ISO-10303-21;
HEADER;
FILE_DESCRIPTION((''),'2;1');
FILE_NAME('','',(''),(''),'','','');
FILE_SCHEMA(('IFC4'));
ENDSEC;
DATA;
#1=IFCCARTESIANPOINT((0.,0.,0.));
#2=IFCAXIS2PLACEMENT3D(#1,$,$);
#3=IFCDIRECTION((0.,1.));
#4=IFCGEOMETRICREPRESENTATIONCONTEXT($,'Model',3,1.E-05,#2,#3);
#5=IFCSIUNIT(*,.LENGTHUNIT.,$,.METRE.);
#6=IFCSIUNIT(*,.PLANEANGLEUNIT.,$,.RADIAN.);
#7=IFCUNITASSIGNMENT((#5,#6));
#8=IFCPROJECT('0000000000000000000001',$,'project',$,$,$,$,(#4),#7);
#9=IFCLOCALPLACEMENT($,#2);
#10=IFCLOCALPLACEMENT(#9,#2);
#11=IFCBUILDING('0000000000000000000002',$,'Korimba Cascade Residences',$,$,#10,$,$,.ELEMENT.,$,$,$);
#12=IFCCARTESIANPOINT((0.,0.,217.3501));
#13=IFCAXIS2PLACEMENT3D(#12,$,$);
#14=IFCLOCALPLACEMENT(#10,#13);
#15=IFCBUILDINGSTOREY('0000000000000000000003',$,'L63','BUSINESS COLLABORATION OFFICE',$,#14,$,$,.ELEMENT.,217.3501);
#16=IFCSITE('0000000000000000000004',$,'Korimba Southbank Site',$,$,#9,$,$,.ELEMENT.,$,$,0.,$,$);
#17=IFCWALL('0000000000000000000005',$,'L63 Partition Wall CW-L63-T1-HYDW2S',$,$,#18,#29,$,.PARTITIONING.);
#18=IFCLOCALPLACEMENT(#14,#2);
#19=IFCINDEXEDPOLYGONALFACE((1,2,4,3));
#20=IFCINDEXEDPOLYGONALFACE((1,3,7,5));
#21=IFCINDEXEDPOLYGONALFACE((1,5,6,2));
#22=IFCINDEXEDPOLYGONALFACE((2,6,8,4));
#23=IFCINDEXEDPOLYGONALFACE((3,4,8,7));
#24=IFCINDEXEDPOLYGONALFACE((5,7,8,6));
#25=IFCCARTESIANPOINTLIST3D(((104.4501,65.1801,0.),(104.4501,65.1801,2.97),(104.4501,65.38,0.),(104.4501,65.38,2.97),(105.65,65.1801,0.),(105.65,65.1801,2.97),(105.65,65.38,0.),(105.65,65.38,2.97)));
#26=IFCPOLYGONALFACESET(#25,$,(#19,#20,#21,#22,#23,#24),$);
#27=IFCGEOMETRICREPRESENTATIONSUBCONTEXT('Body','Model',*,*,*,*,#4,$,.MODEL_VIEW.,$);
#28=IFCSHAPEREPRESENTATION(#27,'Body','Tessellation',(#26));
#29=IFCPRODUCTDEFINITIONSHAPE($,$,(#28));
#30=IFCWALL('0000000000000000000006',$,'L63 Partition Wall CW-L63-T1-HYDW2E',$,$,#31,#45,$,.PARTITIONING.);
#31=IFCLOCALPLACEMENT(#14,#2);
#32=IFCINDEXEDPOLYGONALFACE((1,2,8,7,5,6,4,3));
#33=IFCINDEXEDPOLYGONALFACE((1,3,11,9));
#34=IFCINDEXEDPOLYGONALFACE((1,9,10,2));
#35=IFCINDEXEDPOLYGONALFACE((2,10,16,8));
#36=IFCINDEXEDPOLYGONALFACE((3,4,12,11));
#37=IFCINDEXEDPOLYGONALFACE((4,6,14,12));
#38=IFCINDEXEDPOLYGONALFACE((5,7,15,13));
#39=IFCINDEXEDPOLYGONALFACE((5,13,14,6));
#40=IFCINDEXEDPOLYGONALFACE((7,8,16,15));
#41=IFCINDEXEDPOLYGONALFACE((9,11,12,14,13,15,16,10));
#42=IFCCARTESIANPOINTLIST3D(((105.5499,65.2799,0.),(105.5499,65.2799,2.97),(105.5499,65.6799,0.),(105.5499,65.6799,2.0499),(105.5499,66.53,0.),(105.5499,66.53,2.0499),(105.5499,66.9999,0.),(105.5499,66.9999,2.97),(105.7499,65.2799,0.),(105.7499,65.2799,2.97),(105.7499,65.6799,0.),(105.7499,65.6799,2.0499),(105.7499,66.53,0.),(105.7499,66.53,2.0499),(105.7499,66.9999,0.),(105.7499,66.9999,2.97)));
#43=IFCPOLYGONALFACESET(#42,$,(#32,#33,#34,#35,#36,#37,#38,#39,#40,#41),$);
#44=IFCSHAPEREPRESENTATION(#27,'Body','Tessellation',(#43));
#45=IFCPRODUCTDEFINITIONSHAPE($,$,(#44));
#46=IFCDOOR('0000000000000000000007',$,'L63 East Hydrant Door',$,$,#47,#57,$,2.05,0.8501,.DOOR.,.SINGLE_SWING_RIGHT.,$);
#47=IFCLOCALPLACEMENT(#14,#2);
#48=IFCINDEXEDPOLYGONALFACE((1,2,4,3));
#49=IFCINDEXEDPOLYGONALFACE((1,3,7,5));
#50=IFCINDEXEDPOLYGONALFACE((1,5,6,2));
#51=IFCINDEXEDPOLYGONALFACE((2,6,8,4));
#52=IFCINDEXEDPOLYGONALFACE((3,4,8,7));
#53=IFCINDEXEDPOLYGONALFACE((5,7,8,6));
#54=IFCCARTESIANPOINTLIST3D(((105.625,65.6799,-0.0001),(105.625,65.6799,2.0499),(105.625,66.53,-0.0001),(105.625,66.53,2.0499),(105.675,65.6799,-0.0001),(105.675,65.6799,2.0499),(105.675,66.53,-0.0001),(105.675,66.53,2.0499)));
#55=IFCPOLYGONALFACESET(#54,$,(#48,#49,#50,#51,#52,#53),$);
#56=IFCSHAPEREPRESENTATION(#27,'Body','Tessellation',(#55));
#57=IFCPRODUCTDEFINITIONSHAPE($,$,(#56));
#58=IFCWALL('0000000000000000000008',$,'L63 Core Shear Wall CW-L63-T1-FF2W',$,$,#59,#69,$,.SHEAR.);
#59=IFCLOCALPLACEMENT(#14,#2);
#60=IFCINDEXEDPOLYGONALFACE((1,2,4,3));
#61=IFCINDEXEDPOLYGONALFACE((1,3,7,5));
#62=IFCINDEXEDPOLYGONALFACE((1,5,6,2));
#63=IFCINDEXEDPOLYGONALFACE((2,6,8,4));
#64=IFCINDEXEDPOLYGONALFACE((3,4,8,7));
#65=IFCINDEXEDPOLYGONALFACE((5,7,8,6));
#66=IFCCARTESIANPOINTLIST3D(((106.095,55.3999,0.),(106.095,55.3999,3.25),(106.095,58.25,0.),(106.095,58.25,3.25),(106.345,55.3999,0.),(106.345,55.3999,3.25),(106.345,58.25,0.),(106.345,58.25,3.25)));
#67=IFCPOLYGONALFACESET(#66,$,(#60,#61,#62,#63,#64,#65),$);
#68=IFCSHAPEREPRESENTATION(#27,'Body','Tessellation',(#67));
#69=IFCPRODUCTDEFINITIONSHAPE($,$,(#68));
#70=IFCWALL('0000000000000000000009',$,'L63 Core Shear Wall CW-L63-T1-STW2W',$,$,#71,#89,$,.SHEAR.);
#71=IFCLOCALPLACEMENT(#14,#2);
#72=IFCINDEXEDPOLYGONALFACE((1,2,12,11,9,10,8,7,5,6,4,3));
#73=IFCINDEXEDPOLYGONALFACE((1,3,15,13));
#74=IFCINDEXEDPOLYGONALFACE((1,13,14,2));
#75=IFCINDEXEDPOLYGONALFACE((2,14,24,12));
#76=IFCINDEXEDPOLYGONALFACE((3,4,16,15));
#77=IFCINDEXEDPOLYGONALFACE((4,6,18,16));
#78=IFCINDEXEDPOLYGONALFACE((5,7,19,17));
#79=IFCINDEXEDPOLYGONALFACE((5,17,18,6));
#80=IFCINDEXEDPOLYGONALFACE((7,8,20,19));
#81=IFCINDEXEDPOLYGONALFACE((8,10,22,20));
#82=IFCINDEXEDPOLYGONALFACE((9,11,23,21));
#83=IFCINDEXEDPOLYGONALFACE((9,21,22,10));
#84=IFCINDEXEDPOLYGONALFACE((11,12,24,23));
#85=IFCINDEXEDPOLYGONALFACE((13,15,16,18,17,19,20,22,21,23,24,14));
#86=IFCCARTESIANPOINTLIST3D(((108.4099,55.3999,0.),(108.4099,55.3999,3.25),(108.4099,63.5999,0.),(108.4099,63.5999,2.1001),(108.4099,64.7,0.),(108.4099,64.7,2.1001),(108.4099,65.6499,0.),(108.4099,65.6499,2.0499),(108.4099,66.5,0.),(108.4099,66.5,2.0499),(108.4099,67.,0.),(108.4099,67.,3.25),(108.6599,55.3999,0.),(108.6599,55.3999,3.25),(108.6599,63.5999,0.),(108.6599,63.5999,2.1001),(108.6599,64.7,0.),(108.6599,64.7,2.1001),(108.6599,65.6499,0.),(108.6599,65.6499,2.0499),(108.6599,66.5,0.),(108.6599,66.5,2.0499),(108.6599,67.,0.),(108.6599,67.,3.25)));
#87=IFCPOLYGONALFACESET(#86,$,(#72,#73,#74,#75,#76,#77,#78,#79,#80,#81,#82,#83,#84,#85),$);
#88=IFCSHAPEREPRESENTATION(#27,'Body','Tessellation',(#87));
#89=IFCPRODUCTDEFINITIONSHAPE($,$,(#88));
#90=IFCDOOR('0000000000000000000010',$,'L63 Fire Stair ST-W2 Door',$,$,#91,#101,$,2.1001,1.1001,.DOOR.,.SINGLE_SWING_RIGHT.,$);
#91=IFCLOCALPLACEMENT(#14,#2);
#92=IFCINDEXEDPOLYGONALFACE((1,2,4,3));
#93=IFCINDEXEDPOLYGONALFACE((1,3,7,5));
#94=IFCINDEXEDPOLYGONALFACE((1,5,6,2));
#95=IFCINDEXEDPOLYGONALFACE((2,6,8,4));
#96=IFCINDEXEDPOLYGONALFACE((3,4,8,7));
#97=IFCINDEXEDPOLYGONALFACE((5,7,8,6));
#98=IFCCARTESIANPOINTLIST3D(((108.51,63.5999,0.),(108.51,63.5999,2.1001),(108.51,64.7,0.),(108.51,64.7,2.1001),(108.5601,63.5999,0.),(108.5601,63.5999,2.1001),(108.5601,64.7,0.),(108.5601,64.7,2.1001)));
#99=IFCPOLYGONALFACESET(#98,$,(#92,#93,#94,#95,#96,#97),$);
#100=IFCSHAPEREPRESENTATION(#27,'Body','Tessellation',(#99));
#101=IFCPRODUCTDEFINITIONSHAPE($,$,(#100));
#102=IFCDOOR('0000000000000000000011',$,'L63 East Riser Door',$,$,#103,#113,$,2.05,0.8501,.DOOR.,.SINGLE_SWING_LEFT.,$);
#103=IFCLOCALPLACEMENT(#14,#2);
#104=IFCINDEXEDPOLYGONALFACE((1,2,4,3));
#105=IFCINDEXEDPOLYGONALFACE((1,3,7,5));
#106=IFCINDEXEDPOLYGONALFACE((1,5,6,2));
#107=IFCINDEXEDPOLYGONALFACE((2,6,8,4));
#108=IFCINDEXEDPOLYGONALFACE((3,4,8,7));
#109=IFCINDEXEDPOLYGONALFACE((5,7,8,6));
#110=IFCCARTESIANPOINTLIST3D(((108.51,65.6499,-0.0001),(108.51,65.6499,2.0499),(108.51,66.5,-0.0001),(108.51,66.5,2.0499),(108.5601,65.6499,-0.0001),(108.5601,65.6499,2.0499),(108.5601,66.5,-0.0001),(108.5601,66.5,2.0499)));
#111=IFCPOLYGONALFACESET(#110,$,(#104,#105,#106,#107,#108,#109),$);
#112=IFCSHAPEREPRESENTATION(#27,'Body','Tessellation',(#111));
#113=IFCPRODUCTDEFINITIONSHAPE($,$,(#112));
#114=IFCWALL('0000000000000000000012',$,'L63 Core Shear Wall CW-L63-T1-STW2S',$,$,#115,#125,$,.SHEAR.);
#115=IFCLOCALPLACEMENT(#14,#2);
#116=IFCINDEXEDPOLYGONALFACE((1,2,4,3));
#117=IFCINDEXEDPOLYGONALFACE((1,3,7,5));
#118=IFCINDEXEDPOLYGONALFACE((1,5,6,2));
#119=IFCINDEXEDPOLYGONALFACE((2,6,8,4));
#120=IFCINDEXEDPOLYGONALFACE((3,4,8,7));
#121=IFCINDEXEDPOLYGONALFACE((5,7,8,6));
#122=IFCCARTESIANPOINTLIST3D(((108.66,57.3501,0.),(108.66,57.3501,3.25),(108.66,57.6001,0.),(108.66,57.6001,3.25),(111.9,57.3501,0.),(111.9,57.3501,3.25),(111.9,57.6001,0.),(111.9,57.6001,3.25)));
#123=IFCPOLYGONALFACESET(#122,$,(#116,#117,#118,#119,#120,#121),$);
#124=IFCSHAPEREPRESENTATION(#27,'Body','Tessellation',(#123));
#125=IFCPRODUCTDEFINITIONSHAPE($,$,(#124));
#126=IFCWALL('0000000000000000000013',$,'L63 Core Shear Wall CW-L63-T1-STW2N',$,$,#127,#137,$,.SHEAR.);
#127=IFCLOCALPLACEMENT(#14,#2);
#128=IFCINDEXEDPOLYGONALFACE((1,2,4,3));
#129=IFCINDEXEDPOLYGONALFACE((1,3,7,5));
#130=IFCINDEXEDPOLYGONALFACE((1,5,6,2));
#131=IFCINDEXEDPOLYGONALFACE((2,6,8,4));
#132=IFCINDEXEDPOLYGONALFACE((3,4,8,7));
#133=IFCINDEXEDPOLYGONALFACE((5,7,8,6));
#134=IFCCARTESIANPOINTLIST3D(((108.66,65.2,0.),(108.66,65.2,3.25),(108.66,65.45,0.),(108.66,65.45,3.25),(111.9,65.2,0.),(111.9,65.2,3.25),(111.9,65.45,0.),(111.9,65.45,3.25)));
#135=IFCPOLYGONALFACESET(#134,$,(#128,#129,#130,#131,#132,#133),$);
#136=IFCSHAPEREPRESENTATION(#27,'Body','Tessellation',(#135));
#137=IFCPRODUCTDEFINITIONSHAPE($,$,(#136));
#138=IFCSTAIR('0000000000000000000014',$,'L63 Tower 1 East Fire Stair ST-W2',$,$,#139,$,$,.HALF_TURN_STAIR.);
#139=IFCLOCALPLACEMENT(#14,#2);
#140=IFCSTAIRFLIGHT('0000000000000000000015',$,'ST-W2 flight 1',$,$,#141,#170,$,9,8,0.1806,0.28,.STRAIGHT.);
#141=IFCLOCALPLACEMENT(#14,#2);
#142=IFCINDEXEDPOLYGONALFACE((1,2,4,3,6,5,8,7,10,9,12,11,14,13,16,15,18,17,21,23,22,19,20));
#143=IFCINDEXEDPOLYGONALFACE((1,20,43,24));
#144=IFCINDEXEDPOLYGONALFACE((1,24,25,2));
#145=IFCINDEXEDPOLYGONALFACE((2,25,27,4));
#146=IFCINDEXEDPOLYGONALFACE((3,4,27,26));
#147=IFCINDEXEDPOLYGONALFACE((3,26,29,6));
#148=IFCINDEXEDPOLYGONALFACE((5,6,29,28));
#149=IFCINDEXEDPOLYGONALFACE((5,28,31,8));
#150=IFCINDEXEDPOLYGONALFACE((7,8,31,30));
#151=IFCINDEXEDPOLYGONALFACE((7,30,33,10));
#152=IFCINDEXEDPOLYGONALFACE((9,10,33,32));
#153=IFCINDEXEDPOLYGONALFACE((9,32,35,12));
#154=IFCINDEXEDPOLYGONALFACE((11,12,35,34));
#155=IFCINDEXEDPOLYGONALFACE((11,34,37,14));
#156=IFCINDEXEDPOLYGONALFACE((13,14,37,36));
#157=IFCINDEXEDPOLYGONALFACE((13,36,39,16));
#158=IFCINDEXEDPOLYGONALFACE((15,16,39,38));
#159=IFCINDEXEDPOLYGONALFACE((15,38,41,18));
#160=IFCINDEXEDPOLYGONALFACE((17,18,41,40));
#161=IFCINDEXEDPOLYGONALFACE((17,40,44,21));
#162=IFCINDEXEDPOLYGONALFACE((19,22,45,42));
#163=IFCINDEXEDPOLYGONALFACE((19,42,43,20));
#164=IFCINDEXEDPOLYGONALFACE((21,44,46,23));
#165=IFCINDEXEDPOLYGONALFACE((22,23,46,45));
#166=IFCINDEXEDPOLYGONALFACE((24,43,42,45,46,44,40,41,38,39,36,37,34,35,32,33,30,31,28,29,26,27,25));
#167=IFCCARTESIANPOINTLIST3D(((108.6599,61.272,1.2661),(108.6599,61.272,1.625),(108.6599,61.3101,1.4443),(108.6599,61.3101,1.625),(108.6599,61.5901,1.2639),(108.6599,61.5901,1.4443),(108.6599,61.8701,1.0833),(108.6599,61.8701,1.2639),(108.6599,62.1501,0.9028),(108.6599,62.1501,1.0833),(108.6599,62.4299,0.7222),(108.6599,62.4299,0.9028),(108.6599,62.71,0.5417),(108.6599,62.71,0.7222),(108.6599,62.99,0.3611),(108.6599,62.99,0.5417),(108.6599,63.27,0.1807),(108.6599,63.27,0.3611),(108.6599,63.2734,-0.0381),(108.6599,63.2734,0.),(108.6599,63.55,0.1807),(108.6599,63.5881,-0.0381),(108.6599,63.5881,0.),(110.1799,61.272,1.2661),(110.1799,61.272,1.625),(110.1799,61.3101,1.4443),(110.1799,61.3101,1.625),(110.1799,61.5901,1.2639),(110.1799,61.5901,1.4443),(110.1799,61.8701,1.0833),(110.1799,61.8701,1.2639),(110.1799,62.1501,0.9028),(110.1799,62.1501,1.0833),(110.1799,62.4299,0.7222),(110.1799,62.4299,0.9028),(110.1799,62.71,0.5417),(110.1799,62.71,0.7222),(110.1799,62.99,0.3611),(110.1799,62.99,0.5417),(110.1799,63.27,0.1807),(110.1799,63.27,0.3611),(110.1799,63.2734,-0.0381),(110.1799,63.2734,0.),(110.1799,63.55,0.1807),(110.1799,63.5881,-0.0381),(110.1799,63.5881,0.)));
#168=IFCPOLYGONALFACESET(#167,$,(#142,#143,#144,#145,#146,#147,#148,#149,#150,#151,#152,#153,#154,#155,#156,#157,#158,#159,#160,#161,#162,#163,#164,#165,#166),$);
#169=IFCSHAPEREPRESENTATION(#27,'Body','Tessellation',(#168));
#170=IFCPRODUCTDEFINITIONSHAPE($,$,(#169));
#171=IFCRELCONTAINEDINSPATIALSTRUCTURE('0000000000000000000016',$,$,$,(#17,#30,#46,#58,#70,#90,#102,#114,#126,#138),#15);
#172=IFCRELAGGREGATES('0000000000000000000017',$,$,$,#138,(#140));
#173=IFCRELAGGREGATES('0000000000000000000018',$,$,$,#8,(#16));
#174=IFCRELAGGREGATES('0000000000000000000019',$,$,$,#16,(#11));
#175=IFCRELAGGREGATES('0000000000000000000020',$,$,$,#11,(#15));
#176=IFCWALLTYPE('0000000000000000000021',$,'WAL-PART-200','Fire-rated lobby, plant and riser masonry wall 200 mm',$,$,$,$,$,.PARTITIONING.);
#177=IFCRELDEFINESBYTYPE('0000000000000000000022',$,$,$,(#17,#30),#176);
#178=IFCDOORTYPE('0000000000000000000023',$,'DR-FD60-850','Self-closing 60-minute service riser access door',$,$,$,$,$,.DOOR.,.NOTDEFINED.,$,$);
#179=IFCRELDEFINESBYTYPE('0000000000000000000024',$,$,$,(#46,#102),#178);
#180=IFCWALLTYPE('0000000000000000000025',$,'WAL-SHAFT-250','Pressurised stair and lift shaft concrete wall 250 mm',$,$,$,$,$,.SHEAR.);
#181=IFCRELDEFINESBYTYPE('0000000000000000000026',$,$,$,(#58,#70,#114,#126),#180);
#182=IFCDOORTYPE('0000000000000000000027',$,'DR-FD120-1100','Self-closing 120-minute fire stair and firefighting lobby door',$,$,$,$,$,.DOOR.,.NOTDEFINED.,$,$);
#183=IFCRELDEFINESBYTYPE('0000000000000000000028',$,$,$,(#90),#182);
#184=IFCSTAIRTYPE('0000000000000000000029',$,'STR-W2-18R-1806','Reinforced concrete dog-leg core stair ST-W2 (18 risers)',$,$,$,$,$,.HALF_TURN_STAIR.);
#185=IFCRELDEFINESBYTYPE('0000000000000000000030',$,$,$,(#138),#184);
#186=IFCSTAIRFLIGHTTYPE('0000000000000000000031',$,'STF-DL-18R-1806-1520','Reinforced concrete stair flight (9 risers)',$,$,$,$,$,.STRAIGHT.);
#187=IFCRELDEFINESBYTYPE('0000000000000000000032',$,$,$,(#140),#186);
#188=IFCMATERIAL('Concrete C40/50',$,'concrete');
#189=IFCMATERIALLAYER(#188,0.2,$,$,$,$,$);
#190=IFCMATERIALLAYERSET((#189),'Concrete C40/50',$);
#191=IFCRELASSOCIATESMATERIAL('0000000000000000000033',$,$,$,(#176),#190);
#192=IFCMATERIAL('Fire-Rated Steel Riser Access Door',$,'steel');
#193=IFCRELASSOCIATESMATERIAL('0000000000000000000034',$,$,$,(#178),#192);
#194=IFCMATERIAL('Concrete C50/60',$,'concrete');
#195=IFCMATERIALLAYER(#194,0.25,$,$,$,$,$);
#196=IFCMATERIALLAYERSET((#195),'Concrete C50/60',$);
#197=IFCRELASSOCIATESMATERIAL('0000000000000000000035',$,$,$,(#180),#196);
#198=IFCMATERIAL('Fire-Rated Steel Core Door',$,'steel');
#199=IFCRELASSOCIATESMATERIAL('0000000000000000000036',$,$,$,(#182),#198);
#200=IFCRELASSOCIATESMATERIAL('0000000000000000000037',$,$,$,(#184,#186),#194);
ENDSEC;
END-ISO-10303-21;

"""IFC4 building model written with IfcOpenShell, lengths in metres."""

from ifc_helpers import new_model, si_unit, direction, frame, frame_2d, origin, place, context, subcontext, project, spatial, polyline, rectangle, outline, extrude, material, layer, layer_set, type_object, element, fill, aggregate, save


model = new_model("IFC4")

# Units and contexts
model_context = context("Model", 3, precision=1e-05, world=origin(), true_north=direction((0.0, 1.0)))
body_context = subcontext(model_context, "Body", "Model", "MODEL_VIEW")
ifc_project = project(units=[si_unit("LENGTHUNIT", "METRE"), si_unit("PLANEANGLEUNIT", "RADIAN")], contexts=[model_context])

# Site, building, storey
site_placement = place(None, origin())
site = spatial("IfcSite", under=ifc_project, at=site_placement, Name="Korimba Southbank Site", CompositionType="ELEMENT", RefElevation=0.0)
building_placement = place(site_placement, origin())
building = spatial("IfcBuilding", under=site, at=building_placement, Name="Korimba Cascade Residences", CompositionType="ELEMENT")
storey_placement = place(building_placement, frame((0.0, 0.0, 217.3501)))
storey = spatial("IfcBuildingStorey", under=building, at=storey_placement, Name="L63", Description="BUSINESS COLLABORATION OFFICE", CompositionType="ELEMENT", Elevation=217.3501)

# Wall
ifc_material_1 = material(Name="Concrete C40/50", Category="concrete")
ifc_layer_1 = layer(ifc_material_1, 0.2)
ifc_layer_set_1 = layer_set([ifc_layer_1], Name="Concrete C40/50")
wall_type_1 = type_object("IfcWallType", Name="WAL-PART-200", Description="Fire-rated lobby, plant and riser masonry wall 200 mm", PredefinedType="PARTITIONING", material=ifc_layer_set_1)
wall_1_placement = place(storey_placement, frame((104.45, 65.28, 0.0), z_axis=(0.0, 0.0, 1.0), x_axis=(1.0, 0.0, 0.0)))
element("IfcWall", 1, at=wall_1_placement, inside=storey, type_object=wall_type_1, Name="L63 Partition Wall CW-L63-T1-HYDW2S", PredefinedType="PARTITIONING", context=body_context, shape_type="SweptSolid", body=[
    extrude(rectangle(XDim=1.2, YDim=0.2, at=frame_2d((0.6001, 0.0))), origin(), (0.0, 0.0, 1.0), 2.97),
])

# Wall, opening, door
wall_2_placement = place(storey_placement, frame((105.6499, 65.28, 0.0), z_axis=(0.0, 0.0, 1.0), x_axis=(0.0, 1.0, 0.0)))
wall_2 = element("IfcWall", 2, at=wall_2_placement, inside=storey, type_object=wall_type_1, Name="L63 Partition Wall CW-L63-T1-HYDW2E", PredefinedType="PARTITIONING", context=body_context, shape_type="SweptSolid", body=[
    extrude(rectangle(XDim=1.72, YDim=0.2, at=frame_2d((0.8599, 0.0))), origin(), (0.0, 0.0, 1.0), 2.97),
])
opening_1_placement = place(wall_2_placement, frame((0.3999, 0.0, 0.0)))
opening_1 = element("IfcOpeningElement", 3, at=opening_1_placement, cuts=wall_2, PredefinedType="OPENING", context=body_context, shape_type="SweptSolid", body=[
    extrude(rectangle(XDim=0.8501, YDim=2.05, at=frame_2d((0.425, 1.0249))), frame((0.0, 0.1099, 0.0), z_axis=(0.0, -1.0, 0.0), x_axis=(1.0, 0.0, 0.0)), (0.0, 0.0, 1.0), 0.22),
])
ifc_material_2 = material(Name="Fire-Rated Steel Riser Access Door", Category="steel")
door_type_1 = type_object("IfcDoorType", Name="DR-FD60-850", Description="Self-closing 60-minute service riser access door", OperationType="NOTDEFINED", PredefinedType="DOOR", material=ifc_material_2)
door_1_placement = place(opening_1_placement, origin())
door_1 = element("IfcDoor", 4, at=door_1_placement, inside=storey, type_object=door_type_1, Name="L63 East Hydrant Door", OperationType="SINGLE_SWING_RIGHT", OverallHeight=2.05, OverallWidth=0.8501, PredefinedType="DOOR", context=body_context, shape_type="SweptSolid", body=[
    extrude(rectangle(XDim=0.8501, YDim=2.05, at=frame_2d((0.425, 1.0249))), frame((0.0, 0.0249, 0.0), z_axis=(0.0, -1.0, 0.0), x_axis=(1.0, 0.0, 0.0)), (0.0, 0.0, 1.0), 0.05),
])
fill(opening_1, door_1)

# Wall
ifc_material_3 = material(Name="Concrete C50/60", Category="concrete")
ifc_layer_2 = layer(ifc_material_3, 0.25)
ifc_layer_set_2 = layer_set([ifc_layer_2], Name="Concrete C50/60")
wall_type_2 = type_object("IfcWallType", Name="WAL-SHAFT-250", Description="Pressurised stair and lift shaft concrete wall 250 mm", PredefinedType="SHEAR", material=ifc_layer_set_2)
wall_3_placement = place(storey_placement, frame((106.22, 55.3999, 0.0), z_axis=(0.0, 0.0, 1.0), x_axis=(0.0, 1.0, 0.0)))
element("IfcWall", 5, at=wall_3_placement, inside=storey, type_object=wall_type_2, Name="L63 Core Shear Wall CW-L63-T1-FF2W", PredefinedType="SHEAR", context=body_context, shape_type="SweptSolid", body=[
    extrude(rectangle(XDim=2.8501, YDim=0.25, at=frame_2d((1.425, 0.0))), origin(), (0.0, 0.0, 1.0), 3.25),
])

# Wall, openings, doors
wall_4_placement = place(storey_placement, frame((108.5349, 55.3999, 0.0), z_axis=(0.0, 0.0, 1.0), x_axis=(0.0, 1.0, 0.0)))
wall_4 = element("IfcWall", 6, at=wall_4_placement, inside=storey, type_object=wall_type_2, Name="L63 Core Shear Wall CW-L63-T1-STW2W", PredefinedType="SHEAR", context=body_context, shape_type="SweptSolid", body=[
    extrude(rectangle(XDim=11.6001, YDim=0.25, at=frame_2d((5.8, 0.0))), origin(), (0.0, 0.0, 1.0), 3.25),
])
opening_2_placement = place(wall_4_placement, frame((8.2, 0.0, 0.0)))
opening_2 = element("IfcOpeningElement", 7, at=opening_2_placement, cuts=wall_4, PredefinedType="OPENING", context=body_context, shape_type="SweptSolid", body=[
    extrude(rectangle(XDim=1.1001, YDim=2.1001, at=frame_2d((0.55, 1.05))), frame((0.0, 0.135, 0.0), z_axis=(0.0, -1.0, 0.0), x_axis=(1.0, 0.0, 0.0)), (0.0, 0.0, 1.0), 0.27),
])
opening_3_placement = place(wall_4_placement, frame((10.25, 0.0, 0.0)))
opening_3 = element("IfcOpeningElement", 8, at=opening_3_placement, cuts=wall_4, PredefinedType="OPENING", context=body_context, shape_type="SweptSolid", body=[
    extrude(rectangle(XDim=0.8501, YDim=2.05, at=frame_2d((0.425, 1.0249))), frame((0.0, 0.135, 0.0), z_axis=(0.0, -1.0, 0.0), x_axis=(1.0, 0.0, 0.0)), (0.0, 0.0, 1.0), 0.27),
])
ifc_material_4 = material(Name="Fire-Rated Steel Core Door", Category="steel")
door_type_2 = type_object("IfcDoorType", Name="DR-FD120-1100", Description="Self-closing 120-minute fire stair and firefighting lobby door", OperationType="NOTDEFINED", PredefinedType="DOOR", material=ifc_material_4)
door_2_placement = place(opening_2_placement, origin())
door_2 = element("IfcDoor", 9, at=door_2_placement, inside=storey, type_object=door_type_2, Name="L63 Fire Stair ST-W2 Door", OperationType="SINGLE_SWING_RIGHT", OverallHeight=2.1001, OverallWidth=1.1001, PredefinedType="DOOR", context=body_context, shape_type="SweptSolid", body=[
    extrude(rectangle(XDim=1.1001, YDim=2.1001, at=frame_2d((0.55, 1.05))), frame((0.0, 0.0249, 0.0), z_axis=(0.0, -1.0, 0.0), x_axis=(1.0, 0.0, 0.0)), (0.0, 0.0, 1.0), 0.05),
])
fill(opening_2, door_2)
door_3_placement = place(opening_3_placement, origin())
door_3 = element("IfcDoor", 10, at=door_3_placement, inside=storey, type_object=door_type_1, Name="L63 East Riser Door", OperationType="SINGLE_SWING_LEFT", OverallHeight=2.05, OverallWidth=0.8501, PredefinedType="DOOR", context=body_context, shape_type="SweptSolid", body=[
    extrude(rectangle(XDim=0.8501, YDim=2.05, at=frame_2d((0.425, 1.0249))), frame((0.0, 0.0249, 0.0), z_axis=(0.0, -1.0, 0.0), x_axis=(1.0, 0.0, 0.0)), (0.0, 0.0, 1.0), 0.05),
])
fill(opening_3, door_3)

# Walls
for number, where, z_axis, x_axis, name in (
    (11, (108.6599, 57.4751, 0.0), (0.0, 0.0, 1.0), (1.0, 0.0, 0.0), "L63 Core Shear Wall CW-L63-T1-STW2S"),
    (12, (108.6599, 65.325, 0.0), (0.0, 0.0, 1.0), (1.0, 0.0, 0.0), "L63 Core Shear Wall CW-L63-T1-STW2N"),
):
    element("IfcWall", number, at=place(storey_placement, frame(where, z_axis=z_axis, x_axis=x_axis)), inside=storey, type_object=wall_type_2, Name=name, PredefinedType="SHEAR", context=body_context, shape_type="SweptSolid", body=[
        extrude(rectangle(XDim=3.24, YDim=0.25, at=frame_2d((1.6201, 0.0))), origin(), (0.0, 0.0, 1.0), 3.25),
    ])

# Stair, stair flight
stair_type = type_object("IfcStairType", Name="STR-W2-18R-1806", Description="Reinforced concrete dog-leg core stair ST-W2 (18 risers)", PredefinedType="HALF_TURN_STAIR", material=ifc_material_3)
stair_placement = place(storey_placement, origin())
stair = element("IfcStair", 13, at=stair_placement, inside=storey, type_object=stair_type, Name="L63 Tower 1 East Fire Stair ST-W2", PredefinedType="HALF_TURN_STAIR")
stair_flight_type = type_object("IfcStairFlightType", Name="STF-DL-18R-1806-1520", Description="Reinforced concrete stair flight (9 risers)", PredefinedType="STRAIGHT", material=ifc_material_3)
stair_flight_1_placement = place(storey_placement, frame((109.4199, 63.55, 0.0), z_axis=(0.0, 0.0, 1.0), x_axis=(0.0, -1.0, 0.0)))
stair_flight_1 = element("IfcStairFlight", 14, at=stair_flight_1_placement, type_object=stair_flight_type, Name="ST-W2 flight 1", NumberOfRisers=9, NumberOfTreads=8, PredefinedType="STRAIGHT", RiserHeight=0.1806, TreadLength=0.28, context=body_context, shape_type="SweptSolid", body=[
    extrude(outline(polyline([(-0.0381, 0.0), (0.0, 0.1807), (0.28, 0.1807), (0.28, 0.3611), (0.5601, 0.3611), (0.5601, 0.5417), (0.8401, 0.5417), (0.8401, 0.7222), (1.1201, 0.7222), (1.1201, 0.9028), (1.3999, 0.9028), (1.3999, 1.0833), (1.6799, 1.0833), (1.6799, 1.2639), (1.96, 1.2639), (1.96, 1.4443), (2.24, 1.4443), (2.24, 1.625), (2.2781, 1.625), (2.2781, 1.2661), (0.2766, 0.0), (0.2766, -0.0381), (-0.0381, -0.0381), (-0.0381, 0.0)])), frame((0.0, 0.76, 0.0), z_axis=(0.0, -1.0, 0.0), x_axis=(1.0, 0.0, 0.0)), (0.0, 0.0, 1.0), 1.52),
])
aggregate(stair, [stair_flight_1])

save(model, "model.ifc")
